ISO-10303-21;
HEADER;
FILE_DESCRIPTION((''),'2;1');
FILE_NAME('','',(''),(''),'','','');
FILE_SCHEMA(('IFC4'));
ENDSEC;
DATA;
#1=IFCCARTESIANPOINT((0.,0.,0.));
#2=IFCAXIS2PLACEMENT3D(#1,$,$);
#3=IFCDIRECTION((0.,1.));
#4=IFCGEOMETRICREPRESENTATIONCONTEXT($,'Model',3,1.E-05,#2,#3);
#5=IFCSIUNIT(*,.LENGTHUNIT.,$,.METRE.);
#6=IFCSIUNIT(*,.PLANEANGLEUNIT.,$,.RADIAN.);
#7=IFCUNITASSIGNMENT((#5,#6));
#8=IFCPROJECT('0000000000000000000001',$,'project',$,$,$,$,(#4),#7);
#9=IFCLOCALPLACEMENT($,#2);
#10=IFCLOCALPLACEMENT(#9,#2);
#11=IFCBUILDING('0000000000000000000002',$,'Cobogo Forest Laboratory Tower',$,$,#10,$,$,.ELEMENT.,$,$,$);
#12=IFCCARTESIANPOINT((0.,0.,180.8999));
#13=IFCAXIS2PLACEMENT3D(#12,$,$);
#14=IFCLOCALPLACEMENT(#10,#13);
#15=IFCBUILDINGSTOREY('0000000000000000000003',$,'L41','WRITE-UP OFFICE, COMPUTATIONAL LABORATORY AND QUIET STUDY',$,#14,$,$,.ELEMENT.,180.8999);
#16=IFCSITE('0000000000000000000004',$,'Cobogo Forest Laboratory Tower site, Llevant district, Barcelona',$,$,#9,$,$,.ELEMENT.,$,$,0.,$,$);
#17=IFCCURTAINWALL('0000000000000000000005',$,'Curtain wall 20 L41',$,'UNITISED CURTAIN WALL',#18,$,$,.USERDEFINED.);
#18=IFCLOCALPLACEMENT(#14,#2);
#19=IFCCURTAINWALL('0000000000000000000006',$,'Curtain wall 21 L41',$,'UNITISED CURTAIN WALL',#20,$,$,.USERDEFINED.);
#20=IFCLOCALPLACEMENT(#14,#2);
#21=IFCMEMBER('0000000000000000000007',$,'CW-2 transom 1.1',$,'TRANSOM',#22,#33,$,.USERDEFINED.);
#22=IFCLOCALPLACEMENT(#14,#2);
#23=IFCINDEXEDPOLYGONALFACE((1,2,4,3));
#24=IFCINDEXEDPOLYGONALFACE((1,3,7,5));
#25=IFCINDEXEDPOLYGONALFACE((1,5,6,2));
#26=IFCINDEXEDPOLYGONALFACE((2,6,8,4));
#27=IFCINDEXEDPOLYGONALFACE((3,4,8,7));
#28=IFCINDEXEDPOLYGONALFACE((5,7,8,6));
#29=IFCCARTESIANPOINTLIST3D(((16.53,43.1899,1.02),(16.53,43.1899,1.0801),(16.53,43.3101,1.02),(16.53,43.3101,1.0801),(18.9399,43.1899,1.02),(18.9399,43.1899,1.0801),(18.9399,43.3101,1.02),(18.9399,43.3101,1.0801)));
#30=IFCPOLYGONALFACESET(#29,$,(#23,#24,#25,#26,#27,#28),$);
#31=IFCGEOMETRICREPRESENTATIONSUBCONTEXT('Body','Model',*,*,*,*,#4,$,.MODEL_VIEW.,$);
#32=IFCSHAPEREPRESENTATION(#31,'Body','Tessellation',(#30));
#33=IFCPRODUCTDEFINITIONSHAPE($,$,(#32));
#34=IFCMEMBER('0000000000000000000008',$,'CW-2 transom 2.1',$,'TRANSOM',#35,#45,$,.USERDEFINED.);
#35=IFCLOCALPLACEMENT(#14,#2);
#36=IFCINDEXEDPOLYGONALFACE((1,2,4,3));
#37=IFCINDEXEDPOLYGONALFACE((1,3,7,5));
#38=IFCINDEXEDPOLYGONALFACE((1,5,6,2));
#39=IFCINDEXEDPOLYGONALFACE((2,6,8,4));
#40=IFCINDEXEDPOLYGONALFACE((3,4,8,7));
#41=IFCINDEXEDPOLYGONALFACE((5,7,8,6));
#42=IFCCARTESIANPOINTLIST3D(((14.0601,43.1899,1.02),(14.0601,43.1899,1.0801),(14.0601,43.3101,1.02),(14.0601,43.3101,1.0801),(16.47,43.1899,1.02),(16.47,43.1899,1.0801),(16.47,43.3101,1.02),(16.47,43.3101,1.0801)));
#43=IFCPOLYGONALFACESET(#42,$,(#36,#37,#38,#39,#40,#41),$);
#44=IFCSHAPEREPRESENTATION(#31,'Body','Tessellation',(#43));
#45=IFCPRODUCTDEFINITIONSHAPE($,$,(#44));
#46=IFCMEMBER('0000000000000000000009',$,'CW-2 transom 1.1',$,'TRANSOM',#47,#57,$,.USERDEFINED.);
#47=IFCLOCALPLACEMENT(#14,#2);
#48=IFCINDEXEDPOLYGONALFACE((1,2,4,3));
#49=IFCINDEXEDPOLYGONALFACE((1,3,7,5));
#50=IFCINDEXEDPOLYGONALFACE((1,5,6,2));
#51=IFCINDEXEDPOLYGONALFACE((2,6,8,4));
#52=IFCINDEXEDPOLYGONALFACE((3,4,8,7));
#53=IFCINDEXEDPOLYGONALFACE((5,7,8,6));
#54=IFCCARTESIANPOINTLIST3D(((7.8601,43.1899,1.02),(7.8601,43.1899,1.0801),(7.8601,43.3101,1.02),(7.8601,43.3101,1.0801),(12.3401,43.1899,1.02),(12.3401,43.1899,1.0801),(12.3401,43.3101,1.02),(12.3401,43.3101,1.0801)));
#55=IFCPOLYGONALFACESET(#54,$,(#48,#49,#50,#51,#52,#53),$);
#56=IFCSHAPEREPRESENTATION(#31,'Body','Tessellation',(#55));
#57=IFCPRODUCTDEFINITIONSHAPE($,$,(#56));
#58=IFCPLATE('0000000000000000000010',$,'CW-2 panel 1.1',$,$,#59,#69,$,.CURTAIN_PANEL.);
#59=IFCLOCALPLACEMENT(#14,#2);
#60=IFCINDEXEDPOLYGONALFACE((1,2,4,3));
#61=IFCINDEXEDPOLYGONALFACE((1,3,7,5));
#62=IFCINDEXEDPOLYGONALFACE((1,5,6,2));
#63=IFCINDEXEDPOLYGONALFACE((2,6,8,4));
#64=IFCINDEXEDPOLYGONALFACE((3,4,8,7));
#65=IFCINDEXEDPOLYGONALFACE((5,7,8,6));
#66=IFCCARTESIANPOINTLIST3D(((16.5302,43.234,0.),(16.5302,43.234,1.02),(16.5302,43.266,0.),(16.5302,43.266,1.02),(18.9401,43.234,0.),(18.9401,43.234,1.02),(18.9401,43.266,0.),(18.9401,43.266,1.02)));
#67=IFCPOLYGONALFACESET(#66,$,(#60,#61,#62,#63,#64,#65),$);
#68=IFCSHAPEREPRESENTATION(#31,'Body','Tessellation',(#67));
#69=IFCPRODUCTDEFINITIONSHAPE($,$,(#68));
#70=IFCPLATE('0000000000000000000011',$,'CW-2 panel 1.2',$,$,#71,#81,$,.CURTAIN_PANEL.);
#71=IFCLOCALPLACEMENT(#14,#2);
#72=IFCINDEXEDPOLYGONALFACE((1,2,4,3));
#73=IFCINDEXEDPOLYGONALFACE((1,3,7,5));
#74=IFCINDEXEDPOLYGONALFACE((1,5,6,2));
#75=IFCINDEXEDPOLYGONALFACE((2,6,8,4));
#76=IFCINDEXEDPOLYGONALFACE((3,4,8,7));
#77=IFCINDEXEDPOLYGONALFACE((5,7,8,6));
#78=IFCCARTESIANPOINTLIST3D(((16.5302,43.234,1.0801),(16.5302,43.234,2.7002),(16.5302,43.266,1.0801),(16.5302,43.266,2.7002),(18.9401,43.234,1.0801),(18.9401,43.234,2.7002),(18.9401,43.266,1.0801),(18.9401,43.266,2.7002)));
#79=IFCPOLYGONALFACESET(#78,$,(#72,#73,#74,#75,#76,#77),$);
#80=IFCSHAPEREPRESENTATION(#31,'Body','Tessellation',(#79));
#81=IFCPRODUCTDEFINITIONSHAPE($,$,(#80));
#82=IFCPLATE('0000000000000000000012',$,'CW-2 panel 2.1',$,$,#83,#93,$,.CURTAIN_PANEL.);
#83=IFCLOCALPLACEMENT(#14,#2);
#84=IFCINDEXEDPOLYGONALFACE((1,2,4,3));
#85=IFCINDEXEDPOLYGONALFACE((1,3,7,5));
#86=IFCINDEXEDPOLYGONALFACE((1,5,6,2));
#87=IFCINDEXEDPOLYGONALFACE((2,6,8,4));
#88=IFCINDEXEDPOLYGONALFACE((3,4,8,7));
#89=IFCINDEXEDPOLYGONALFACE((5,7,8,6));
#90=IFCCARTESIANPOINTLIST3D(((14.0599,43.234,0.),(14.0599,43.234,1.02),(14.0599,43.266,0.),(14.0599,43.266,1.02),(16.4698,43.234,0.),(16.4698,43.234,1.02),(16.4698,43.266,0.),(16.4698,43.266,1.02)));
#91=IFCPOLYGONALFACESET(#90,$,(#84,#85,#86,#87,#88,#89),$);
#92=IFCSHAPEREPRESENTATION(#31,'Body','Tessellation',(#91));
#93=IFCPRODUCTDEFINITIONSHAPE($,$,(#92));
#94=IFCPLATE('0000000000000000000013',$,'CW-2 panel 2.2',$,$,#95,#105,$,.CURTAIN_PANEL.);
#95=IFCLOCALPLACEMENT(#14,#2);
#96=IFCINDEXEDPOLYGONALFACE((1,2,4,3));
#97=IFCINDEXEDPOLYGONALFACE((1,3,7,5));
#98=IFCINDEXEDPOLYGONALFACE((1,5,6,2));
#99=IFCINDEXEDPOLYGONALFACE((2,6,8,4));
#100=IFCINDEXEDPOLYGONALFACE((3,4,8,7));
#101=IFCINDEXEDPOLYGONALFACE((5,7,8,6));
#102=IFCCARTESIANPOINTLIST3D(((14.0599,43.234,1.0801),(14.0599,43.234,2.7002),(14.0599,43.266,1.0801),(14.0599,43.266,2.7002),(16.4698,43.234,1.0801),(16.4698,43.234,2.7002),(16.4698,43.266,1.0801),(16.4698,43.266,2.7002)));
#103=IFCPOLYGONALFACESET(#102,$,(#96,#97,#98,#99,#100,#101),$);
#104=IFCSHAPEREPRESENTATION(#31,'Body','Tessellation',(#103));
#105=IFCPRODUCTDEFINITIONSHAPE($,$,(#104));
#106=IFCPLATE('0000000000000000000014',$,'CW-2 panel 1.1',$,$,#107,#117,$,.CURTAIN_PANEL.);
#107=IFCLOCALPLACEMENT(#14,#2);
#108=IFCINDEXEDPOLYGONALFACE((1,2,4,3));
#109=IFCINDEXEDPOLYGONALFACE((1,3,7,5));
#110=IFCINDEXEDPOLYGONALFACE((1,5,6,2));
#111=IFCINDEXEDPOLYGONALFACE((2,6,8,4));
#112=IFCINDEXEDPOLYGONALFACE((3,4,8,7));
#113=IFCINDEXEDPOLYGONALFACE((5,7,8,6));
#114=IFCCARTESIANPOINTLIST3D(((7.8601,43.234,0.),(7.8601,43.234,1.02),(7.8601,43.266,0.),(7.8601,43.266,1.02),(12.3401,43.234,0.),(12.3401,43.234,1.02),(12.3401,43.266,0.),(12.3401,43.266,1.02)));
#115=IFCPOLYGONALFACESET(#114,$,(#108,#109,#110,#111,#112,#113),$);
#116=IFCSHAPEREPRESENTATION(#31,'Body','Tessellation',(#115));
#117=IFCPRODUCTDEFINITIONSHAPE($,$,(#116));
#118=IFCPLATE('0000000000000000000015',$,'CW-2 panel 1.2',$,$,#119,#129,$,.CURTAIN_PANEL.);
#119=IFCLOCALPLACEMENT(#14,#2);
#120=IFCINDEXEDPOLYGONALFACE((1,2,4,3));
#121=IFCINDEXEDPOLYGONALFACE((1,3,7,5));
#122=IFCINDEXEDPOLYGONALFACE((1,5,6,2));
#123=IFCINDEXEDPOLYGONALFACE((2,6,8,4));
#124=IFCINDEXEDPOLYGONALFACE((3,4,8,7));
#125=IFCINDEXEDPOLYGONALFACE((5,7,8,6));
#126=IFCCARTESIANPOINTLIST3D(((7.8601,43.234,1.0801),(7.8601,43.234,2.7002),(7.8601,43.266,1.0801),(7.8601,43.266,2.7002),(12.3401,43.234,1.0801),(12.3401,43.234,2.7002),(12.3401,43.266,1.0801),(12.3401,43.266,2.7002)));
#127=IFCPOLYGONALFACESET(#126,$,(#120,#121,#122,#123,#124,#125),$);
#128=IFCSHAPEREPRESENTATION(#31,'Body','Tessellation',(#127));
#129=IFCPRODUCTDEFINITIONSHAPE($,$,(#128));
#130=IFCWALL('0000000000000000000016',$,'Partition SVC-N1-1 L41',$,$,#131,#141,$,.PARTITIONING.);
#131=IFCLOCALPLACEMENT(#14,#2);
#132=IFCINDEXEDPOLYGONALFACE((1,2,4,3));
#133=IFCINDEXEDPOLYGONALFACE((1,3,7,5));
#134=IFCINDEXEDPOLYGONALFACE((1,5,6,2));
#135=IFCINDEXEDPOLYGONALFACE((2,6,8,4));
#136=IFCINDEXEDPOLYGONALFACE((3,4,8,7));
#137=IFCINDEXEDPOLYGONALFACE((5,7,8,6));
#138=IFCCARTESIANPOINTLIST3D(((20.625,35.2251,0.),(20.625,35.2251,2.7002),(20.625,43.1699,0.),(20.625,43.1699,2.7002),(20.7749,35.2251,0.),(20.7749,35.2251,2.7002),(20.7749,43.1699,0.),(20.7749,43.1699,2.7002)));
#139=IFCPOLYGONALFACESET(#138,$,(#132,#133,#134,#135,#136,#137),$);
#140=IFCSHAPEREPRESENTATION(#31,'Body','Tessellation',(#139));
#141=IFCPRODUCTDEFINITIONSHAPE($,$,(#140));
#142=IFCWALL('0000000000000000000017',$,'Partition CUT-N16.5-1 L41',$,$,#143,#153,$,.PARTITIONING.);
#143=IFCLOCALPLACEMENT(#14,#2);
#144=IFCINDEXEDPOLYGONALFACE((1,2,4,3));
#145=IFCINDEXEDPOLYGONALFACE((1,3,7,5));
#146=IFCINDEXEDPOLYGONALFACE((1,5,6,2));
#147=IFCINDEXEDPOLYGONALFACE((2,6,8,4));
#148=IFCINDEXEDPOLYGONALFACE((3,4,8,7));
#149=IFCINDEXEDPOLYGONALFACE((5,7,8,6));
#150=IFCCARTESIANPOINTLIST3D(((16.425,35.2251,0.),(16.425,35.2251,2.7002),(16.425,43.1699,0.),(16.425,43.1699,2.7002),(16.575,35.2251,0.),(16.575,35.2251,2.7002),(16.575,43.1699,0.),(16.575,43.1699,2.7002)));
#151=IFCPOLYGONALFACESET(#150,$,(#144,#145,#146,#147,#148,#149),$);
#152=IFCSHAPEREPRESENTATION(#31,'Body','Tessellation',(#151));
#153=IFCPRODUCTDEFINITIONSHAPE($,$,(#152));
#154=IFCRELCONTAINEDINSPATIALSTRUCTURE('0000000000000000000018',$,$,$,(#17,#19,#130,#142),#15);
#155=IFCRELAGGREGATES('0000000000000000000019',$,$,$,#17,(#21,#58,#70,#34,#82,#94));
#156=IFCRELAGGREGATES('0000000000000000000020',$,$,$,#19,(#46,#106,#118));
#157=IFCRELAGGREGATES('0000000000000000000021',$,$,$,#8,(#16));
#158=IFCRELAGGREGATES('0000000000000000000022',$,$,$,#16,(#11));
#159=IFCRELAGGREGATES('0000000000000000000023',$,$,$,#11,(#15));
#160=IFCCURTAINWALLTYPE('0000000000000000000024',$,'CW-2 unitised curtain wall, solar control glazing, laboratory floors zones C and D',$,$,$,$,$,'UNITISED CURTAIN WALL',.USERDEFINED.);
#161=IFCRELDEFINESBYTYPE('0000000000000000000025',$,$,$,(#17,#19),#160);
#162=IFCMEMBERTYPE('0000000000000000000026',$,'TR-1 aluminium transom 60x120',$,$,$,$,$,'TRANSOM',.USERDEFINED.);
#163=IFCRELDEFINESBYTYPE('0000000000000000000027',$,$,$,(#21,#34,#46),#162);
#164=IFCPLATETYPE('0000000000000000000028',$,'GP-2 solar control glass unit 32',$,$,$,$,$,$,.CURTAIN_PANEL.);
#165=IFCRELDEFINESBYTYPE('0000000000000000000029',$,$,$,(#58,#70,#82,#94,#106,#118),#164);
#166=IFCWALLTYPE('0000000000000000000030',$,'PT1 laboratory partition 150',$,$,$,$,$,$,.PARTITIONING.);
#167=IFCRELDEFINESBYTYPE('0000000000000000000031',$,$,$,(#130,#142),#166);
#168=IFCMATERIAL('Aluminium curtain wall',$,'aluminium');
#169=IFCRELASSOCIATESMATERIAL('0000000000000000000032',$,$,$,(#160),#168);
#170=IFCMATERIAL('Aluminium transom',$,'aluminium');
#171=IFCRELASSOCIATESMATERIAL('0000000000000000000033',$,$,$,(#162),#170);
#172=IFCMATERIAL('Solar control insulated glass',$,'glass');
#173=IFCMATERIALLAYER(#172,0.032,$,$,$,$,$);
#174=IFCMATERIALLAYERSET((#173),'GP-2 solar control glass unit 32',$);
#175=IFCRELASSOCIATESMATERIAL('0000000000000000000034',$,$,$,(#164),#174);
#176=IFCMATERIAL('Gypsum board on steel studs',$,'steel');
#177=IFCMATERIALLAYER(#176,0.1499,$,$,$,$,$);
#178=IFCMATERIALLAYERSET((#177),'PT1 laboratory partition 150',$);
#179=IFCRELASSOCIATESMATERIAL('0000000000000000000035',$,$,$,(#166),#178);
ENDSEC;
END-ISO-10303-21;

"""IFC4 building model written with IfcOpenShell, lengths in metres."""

from ifc_helpers import new_model, si_unit, direction, frame, frame_2d, origin, origin_2d, place, context, subcontext, project, spatial, rectangle, extrude, material, layer, layer_set, material_profile, profile_set, type_object, element, aggregate, save


model = new_model("IFC4")

# Units and contexts
model_context = context("Model", 3, precision=1e-05, world=origin(), true_north=direction((0.0, 1.0)))
body_context = subcontext(model_context, "Body", "Model", "MODEL_VIEW")
ifc_project = project(units=[si_unit("LENGTHUNIT", "METRE"), si_unit("PLANEANGLEUNIT", "RADIAN")], contexts=[model_context])

# Site, building, storey
site_placement = place(None, origin())
site = spatial("IfcSite", under=ifc_project, at=site_placement, Name="Cobogo Forest Laboratory Tower site, Llevant district, Barcelona", CompositionType="ELEMENT", RefElevation=0.0)
building_placement = place(site_placement, origin())
building = spatial("IfcBuilding", under=site, at=building_placement, Name="Cobogo Forest Laboratory Tower", CompositionType="ELEMENT")
storey_placement = place(building_placement, frame((0.0, 0.0, 180.8999)))
storey = spatial("IfcBuildingStorey", under=building, at=storey_placement, Name="L41", Description="WRITE-UP OFFICE, COMPUTATIONAL LABORATORY AND QUIET STUDY", CompositionType="ELEMENT", Elevation=180.8999)

# Shared definitions
ifc_material_1 = material(Name="Aluminium curtain wall", Category="aluminium")
curtain_wall_type = type_object("IfcCurtainWallType", Name="CW-2 unitised curtain wall, solar control glazing, laboratory floors zones C and D", ElementType="UNITISED CURTAIN WALL", PredefinedType="USERDEFINED", material=ifc_material_1)

# Curtain walls
curtain_wall_1_placement = place(storey_placement, origin())
curtain_wall_1 = element("IfcCurtainWall", 1, at=curtain_wall_1_placement, inside=storey, type_object=curtain_wall_type, Name="Curtain wall 20 L41", ObjectType="UNITISED CURTAIN WALL", PredefinedType="USERDEFINED")
curtain_wall_2_placement = place(storey_placement, origin())
curtain_wall_2 = element("IfcCurtainWall", 2, at=curtain_wall_2_placement, inside=storey, type_object=curtain_wall_type, Name="Curtain wall 21 L41", ObjectType="UNITISED CURTAIN WALL", PredefinedType="USERDEFINED")

# Members
ifc_material_2 = material(Name="Aluminium transom", Category="aluminium")
ifc_material_profile_1 = material_profile(ifc_material_2, rectangle(XDim=0.1201, YDim=0.0601, at=origin_2d()), Name="AL 60x120")
ifc_profile_set_1 = profile_set([ifc_material_profile_1], Name="Aluminium transom")
member_type_1 = type_object("IfcMemberType", Name="TR-1 aluminium transom 60x120", ElementType="TRANSOM", PredefinedType="USERDEFINED", material=ifc_profile_set_1)
member_1_placement = place(storey_placement, frame((18.9399, 43.25, 1.05), z_axis=(-1.0, 0.0, 0.0), x_axis=(0.0, -1.0, 0.0)))
member_1 = element("IfcMember", 3, at=member_1_placement, type_object=member_type_1, Name="CW-2 transom 1.1", ObjectType="TRANSOM", PredefinedType="USERDEFINED", context=body_context, shape_type="SweptSolid", body=[
    extrude(rectangle(XDim=0.1201, YDim=0.0601, at=origin_2d()), origin(), (0.0, 0.0, 1.0), 2.4099),
])
member_2_placement = place(storey_placement, frame((16.47, 43.25, 1.05), z_axis=(-1.0, 0.0, 0.0), x_axis=(0.0, -1.0, 0.0)))
member_2 = element("IfcMember", 4, at=member_2_placement, type_object=member_type_1, Name="CW-2 transom 2.1", ObjectType="TRANSOM", PredefinedType="USERDEFINED", context=body_context, shape_type="SweptSolid", body=[
    extrude(rectangle(XDim=0.1201, YDim=0.0601, at=origin_2d()), origin(), (0.0, 0.0, 1.0), 2.4099),
])
member_3_placement = place(storey_placement, frame((12.3401, 43.25, 1.05), z_axis=(-1.0, 0.0, 0.0), x_axis=(0.0, -1.0, 0.0)))
member_3 = element("IfcMember", 5, at=member_3_placement, type_object=member_type_1, Name="CW-2 transom 1.1", ObjectType="TRANSOM", PredefinedType="USERDEFINED", context=body_context, shape_type="SweptSolid", body=[
    extrude(rectangle(XDim=0.1201, YDim=0.0601, at=origin_2d()), origin(), (0.0, 0.0, 1.0), 4.48),
])

# Plates
ifc_material_3 = material(Name="Solar control insulated glass", Category="glass")
ifc_layer_1 = layer(ifc_material_3, 0.032)
ifc_layer_set_1 = layer_set([ifc_layer_1], Name="GP-2 solar control glass unit 32")
plate_type_1 = type_object("IfcPlateType", Name="GP-2 solar control glass unit 32", PredefinedType="CURTAIN_PANEL", material=ifc_layer_set_1)
plate_1_placement = place(storey_placement, frame((17.7351, 43.25, 0.0), z_axis=(0.0, 0.0, 1.0), x_axis=(-1.0, 0.0, 0.0)))
plate_1 = element("IfcPlate", 6, at=plate_1_placement, type_object=plate_type_1, Name="CW-2 panel 1.1", PredefinedType="CURTAIN_PANEL", context=body_context, shape_type="SweptSolid", body=[
    extrude(rectangle(XDim=2.4099, YDim=0.032, at=origin_2d()), origin(), (0.0, 0.0, 1.0), 1.02),
])
plate_2_placement = place(storey_placement, frame((17.7351, 43.25, 1.0801), z_axis=(0.0, 0.0, 1.0), x_axis=(-1.0, 0.0, 0.0)))
plate_2 = element("IfcPlate", 7, at=plate_2_placement, type_object=plate_type_1, Name="CW-2 panel 1.2", PredefinedType="CURTAIN_PANEL", context=body_context, shape_type="SweptSolid", body=[
    extrude(rectangle(XDim=2.4099, YDim=0.032, at=origin_2d()), origin(), (0.0, 0.0, 1.0), 1.6201),
])
plate_3_placement = place(storey_placement, frame((15.2649, 43.25, 0.0), z_axis=(0.0, 0.0, 1.0), x_axis=(-1.0, 0.0, 0.0)))
plate_3 = element("IfcPlate", 8, at=plate_3_placement, type_object=plate_type_1, Name="CW-2 panel 2.1", PredefinedType="CURTAIN_PANEL", context=body_context, shape_type="SweptSolid", body=[
    extrude(rectangle(XDim=2.4099, YDim=0.032, at=origin_2d()), origin(), (0.0, 0.0, 1.0), 1.02),
])
plate_4_placement = place(storey_placement, frame((15.2649, 43.25, 1.0801), z_axis=(0.0, 0.0, 1.0), x_axis=(-1.0, 0.0, 0.0)))
plate_4 = element("IfcPlate", 9, at=plate_4_placement, type_object=plate_type_1, Name="CW-2 panel 2.2", PredefinedType="CURTAIN_PANEL", context=body_context, shape_type="SweptSolid", body=[
    extrude(rectangle(XDim=2.4099, YDim=0.032, at=origin_2d()), origin(), (0.0, 0.0, 1.0), 1.6201),
])
aggregate(curtain_wall_1, [member_1, plate_1, plate_2, member_2, plate_3, plate_4])
plate_5_placement = place(storey_placement, frame((10.1001, 43.25, 0.0), z_axis=(0.0, 0.0, 1.0), x_axis=(-1.0, 0.0, 0.0)))
plate_5 = element("IfcPlate", 10, at=plate_5_placement, type_object=plate_type_1, Name="CW-2 panel 1.1", PredefinedType="CURTAIN_PANEL", context=body_context, shape_type="SweptSolid", body=[
    extrude(rectangle(XDim=4.48, YDim=0.032, at=origin_2d()), origin(), (0.0, 0.0, 1.0), 1.02),
])
plate_6_placement = place(storey_placement, frame((10.1001, 43.25, 1.0801), z_axis=(0.0, 0.0, 1.0), x_axis=(-1.0, 0.0, 0.0)))
plate_6 = element("IfcPlate", 11, at=plate_6_placement, type_object=plate_type_1, Name="CW-2 panel 1.2", PredefinedType="CURTAIN_PANEL", context=body_context, shape_type="SweptSolid", body=[
    extrude(rectangle(XDim=4.48, YDim=0.032, at=origin_2d()), origin(), (0.0, 0.0, 1.0), 1.6201),
])
aggregate(curtain_wall_2, [member_3, plate_5, plate_6])

# Walls
ifc_material_4 = material(Name="Gypsum board on steel studs", Category="steel")
ifc_layer_2 = layer(ifc_material_4, 0.1499)
ifc_layer_set_2 = layer_set([ifc_layer_2], Name="PT1 laboratory partition 150")
wall_type_1 = type_object("IfcWallType", Name="PT1 laboratory partition 150", PredefinedType="PARTITIONING", material=ifc_layer_set_2)
for number, where, z_axis, x_axis, name in (
    (12, (20.7, 43.1699, 0.0), (0.0, 0.0, 1.0), (0.0, -1.0, 0.0), "Partition SVC-N1-1 L41"),
    (13, (16.5, 43.1699, 0.0), (0.0, 0.0, 1.0), (0.0, -1.0, 0.0), "Partition CUT-N16.5-1 L41"),
):
    element("IfcWall", number, at=place(storey_placement, frame(where, z_axis=z_axis, x_axis=x_axis)), inside=storey, type_object=wall_type_1, Name=name, PredefinedType="PARTITIONING", context=body_context, shape_type="SweptSolid", body=[
        extrude(rectangle(XDim=7.9448, YDim=0.1499, at=frame_2d((3.9724, 0.0))), origin(), (0.0, 0.0, 1.0), 2.7002),
    ])

save(model, "model.ifc")
